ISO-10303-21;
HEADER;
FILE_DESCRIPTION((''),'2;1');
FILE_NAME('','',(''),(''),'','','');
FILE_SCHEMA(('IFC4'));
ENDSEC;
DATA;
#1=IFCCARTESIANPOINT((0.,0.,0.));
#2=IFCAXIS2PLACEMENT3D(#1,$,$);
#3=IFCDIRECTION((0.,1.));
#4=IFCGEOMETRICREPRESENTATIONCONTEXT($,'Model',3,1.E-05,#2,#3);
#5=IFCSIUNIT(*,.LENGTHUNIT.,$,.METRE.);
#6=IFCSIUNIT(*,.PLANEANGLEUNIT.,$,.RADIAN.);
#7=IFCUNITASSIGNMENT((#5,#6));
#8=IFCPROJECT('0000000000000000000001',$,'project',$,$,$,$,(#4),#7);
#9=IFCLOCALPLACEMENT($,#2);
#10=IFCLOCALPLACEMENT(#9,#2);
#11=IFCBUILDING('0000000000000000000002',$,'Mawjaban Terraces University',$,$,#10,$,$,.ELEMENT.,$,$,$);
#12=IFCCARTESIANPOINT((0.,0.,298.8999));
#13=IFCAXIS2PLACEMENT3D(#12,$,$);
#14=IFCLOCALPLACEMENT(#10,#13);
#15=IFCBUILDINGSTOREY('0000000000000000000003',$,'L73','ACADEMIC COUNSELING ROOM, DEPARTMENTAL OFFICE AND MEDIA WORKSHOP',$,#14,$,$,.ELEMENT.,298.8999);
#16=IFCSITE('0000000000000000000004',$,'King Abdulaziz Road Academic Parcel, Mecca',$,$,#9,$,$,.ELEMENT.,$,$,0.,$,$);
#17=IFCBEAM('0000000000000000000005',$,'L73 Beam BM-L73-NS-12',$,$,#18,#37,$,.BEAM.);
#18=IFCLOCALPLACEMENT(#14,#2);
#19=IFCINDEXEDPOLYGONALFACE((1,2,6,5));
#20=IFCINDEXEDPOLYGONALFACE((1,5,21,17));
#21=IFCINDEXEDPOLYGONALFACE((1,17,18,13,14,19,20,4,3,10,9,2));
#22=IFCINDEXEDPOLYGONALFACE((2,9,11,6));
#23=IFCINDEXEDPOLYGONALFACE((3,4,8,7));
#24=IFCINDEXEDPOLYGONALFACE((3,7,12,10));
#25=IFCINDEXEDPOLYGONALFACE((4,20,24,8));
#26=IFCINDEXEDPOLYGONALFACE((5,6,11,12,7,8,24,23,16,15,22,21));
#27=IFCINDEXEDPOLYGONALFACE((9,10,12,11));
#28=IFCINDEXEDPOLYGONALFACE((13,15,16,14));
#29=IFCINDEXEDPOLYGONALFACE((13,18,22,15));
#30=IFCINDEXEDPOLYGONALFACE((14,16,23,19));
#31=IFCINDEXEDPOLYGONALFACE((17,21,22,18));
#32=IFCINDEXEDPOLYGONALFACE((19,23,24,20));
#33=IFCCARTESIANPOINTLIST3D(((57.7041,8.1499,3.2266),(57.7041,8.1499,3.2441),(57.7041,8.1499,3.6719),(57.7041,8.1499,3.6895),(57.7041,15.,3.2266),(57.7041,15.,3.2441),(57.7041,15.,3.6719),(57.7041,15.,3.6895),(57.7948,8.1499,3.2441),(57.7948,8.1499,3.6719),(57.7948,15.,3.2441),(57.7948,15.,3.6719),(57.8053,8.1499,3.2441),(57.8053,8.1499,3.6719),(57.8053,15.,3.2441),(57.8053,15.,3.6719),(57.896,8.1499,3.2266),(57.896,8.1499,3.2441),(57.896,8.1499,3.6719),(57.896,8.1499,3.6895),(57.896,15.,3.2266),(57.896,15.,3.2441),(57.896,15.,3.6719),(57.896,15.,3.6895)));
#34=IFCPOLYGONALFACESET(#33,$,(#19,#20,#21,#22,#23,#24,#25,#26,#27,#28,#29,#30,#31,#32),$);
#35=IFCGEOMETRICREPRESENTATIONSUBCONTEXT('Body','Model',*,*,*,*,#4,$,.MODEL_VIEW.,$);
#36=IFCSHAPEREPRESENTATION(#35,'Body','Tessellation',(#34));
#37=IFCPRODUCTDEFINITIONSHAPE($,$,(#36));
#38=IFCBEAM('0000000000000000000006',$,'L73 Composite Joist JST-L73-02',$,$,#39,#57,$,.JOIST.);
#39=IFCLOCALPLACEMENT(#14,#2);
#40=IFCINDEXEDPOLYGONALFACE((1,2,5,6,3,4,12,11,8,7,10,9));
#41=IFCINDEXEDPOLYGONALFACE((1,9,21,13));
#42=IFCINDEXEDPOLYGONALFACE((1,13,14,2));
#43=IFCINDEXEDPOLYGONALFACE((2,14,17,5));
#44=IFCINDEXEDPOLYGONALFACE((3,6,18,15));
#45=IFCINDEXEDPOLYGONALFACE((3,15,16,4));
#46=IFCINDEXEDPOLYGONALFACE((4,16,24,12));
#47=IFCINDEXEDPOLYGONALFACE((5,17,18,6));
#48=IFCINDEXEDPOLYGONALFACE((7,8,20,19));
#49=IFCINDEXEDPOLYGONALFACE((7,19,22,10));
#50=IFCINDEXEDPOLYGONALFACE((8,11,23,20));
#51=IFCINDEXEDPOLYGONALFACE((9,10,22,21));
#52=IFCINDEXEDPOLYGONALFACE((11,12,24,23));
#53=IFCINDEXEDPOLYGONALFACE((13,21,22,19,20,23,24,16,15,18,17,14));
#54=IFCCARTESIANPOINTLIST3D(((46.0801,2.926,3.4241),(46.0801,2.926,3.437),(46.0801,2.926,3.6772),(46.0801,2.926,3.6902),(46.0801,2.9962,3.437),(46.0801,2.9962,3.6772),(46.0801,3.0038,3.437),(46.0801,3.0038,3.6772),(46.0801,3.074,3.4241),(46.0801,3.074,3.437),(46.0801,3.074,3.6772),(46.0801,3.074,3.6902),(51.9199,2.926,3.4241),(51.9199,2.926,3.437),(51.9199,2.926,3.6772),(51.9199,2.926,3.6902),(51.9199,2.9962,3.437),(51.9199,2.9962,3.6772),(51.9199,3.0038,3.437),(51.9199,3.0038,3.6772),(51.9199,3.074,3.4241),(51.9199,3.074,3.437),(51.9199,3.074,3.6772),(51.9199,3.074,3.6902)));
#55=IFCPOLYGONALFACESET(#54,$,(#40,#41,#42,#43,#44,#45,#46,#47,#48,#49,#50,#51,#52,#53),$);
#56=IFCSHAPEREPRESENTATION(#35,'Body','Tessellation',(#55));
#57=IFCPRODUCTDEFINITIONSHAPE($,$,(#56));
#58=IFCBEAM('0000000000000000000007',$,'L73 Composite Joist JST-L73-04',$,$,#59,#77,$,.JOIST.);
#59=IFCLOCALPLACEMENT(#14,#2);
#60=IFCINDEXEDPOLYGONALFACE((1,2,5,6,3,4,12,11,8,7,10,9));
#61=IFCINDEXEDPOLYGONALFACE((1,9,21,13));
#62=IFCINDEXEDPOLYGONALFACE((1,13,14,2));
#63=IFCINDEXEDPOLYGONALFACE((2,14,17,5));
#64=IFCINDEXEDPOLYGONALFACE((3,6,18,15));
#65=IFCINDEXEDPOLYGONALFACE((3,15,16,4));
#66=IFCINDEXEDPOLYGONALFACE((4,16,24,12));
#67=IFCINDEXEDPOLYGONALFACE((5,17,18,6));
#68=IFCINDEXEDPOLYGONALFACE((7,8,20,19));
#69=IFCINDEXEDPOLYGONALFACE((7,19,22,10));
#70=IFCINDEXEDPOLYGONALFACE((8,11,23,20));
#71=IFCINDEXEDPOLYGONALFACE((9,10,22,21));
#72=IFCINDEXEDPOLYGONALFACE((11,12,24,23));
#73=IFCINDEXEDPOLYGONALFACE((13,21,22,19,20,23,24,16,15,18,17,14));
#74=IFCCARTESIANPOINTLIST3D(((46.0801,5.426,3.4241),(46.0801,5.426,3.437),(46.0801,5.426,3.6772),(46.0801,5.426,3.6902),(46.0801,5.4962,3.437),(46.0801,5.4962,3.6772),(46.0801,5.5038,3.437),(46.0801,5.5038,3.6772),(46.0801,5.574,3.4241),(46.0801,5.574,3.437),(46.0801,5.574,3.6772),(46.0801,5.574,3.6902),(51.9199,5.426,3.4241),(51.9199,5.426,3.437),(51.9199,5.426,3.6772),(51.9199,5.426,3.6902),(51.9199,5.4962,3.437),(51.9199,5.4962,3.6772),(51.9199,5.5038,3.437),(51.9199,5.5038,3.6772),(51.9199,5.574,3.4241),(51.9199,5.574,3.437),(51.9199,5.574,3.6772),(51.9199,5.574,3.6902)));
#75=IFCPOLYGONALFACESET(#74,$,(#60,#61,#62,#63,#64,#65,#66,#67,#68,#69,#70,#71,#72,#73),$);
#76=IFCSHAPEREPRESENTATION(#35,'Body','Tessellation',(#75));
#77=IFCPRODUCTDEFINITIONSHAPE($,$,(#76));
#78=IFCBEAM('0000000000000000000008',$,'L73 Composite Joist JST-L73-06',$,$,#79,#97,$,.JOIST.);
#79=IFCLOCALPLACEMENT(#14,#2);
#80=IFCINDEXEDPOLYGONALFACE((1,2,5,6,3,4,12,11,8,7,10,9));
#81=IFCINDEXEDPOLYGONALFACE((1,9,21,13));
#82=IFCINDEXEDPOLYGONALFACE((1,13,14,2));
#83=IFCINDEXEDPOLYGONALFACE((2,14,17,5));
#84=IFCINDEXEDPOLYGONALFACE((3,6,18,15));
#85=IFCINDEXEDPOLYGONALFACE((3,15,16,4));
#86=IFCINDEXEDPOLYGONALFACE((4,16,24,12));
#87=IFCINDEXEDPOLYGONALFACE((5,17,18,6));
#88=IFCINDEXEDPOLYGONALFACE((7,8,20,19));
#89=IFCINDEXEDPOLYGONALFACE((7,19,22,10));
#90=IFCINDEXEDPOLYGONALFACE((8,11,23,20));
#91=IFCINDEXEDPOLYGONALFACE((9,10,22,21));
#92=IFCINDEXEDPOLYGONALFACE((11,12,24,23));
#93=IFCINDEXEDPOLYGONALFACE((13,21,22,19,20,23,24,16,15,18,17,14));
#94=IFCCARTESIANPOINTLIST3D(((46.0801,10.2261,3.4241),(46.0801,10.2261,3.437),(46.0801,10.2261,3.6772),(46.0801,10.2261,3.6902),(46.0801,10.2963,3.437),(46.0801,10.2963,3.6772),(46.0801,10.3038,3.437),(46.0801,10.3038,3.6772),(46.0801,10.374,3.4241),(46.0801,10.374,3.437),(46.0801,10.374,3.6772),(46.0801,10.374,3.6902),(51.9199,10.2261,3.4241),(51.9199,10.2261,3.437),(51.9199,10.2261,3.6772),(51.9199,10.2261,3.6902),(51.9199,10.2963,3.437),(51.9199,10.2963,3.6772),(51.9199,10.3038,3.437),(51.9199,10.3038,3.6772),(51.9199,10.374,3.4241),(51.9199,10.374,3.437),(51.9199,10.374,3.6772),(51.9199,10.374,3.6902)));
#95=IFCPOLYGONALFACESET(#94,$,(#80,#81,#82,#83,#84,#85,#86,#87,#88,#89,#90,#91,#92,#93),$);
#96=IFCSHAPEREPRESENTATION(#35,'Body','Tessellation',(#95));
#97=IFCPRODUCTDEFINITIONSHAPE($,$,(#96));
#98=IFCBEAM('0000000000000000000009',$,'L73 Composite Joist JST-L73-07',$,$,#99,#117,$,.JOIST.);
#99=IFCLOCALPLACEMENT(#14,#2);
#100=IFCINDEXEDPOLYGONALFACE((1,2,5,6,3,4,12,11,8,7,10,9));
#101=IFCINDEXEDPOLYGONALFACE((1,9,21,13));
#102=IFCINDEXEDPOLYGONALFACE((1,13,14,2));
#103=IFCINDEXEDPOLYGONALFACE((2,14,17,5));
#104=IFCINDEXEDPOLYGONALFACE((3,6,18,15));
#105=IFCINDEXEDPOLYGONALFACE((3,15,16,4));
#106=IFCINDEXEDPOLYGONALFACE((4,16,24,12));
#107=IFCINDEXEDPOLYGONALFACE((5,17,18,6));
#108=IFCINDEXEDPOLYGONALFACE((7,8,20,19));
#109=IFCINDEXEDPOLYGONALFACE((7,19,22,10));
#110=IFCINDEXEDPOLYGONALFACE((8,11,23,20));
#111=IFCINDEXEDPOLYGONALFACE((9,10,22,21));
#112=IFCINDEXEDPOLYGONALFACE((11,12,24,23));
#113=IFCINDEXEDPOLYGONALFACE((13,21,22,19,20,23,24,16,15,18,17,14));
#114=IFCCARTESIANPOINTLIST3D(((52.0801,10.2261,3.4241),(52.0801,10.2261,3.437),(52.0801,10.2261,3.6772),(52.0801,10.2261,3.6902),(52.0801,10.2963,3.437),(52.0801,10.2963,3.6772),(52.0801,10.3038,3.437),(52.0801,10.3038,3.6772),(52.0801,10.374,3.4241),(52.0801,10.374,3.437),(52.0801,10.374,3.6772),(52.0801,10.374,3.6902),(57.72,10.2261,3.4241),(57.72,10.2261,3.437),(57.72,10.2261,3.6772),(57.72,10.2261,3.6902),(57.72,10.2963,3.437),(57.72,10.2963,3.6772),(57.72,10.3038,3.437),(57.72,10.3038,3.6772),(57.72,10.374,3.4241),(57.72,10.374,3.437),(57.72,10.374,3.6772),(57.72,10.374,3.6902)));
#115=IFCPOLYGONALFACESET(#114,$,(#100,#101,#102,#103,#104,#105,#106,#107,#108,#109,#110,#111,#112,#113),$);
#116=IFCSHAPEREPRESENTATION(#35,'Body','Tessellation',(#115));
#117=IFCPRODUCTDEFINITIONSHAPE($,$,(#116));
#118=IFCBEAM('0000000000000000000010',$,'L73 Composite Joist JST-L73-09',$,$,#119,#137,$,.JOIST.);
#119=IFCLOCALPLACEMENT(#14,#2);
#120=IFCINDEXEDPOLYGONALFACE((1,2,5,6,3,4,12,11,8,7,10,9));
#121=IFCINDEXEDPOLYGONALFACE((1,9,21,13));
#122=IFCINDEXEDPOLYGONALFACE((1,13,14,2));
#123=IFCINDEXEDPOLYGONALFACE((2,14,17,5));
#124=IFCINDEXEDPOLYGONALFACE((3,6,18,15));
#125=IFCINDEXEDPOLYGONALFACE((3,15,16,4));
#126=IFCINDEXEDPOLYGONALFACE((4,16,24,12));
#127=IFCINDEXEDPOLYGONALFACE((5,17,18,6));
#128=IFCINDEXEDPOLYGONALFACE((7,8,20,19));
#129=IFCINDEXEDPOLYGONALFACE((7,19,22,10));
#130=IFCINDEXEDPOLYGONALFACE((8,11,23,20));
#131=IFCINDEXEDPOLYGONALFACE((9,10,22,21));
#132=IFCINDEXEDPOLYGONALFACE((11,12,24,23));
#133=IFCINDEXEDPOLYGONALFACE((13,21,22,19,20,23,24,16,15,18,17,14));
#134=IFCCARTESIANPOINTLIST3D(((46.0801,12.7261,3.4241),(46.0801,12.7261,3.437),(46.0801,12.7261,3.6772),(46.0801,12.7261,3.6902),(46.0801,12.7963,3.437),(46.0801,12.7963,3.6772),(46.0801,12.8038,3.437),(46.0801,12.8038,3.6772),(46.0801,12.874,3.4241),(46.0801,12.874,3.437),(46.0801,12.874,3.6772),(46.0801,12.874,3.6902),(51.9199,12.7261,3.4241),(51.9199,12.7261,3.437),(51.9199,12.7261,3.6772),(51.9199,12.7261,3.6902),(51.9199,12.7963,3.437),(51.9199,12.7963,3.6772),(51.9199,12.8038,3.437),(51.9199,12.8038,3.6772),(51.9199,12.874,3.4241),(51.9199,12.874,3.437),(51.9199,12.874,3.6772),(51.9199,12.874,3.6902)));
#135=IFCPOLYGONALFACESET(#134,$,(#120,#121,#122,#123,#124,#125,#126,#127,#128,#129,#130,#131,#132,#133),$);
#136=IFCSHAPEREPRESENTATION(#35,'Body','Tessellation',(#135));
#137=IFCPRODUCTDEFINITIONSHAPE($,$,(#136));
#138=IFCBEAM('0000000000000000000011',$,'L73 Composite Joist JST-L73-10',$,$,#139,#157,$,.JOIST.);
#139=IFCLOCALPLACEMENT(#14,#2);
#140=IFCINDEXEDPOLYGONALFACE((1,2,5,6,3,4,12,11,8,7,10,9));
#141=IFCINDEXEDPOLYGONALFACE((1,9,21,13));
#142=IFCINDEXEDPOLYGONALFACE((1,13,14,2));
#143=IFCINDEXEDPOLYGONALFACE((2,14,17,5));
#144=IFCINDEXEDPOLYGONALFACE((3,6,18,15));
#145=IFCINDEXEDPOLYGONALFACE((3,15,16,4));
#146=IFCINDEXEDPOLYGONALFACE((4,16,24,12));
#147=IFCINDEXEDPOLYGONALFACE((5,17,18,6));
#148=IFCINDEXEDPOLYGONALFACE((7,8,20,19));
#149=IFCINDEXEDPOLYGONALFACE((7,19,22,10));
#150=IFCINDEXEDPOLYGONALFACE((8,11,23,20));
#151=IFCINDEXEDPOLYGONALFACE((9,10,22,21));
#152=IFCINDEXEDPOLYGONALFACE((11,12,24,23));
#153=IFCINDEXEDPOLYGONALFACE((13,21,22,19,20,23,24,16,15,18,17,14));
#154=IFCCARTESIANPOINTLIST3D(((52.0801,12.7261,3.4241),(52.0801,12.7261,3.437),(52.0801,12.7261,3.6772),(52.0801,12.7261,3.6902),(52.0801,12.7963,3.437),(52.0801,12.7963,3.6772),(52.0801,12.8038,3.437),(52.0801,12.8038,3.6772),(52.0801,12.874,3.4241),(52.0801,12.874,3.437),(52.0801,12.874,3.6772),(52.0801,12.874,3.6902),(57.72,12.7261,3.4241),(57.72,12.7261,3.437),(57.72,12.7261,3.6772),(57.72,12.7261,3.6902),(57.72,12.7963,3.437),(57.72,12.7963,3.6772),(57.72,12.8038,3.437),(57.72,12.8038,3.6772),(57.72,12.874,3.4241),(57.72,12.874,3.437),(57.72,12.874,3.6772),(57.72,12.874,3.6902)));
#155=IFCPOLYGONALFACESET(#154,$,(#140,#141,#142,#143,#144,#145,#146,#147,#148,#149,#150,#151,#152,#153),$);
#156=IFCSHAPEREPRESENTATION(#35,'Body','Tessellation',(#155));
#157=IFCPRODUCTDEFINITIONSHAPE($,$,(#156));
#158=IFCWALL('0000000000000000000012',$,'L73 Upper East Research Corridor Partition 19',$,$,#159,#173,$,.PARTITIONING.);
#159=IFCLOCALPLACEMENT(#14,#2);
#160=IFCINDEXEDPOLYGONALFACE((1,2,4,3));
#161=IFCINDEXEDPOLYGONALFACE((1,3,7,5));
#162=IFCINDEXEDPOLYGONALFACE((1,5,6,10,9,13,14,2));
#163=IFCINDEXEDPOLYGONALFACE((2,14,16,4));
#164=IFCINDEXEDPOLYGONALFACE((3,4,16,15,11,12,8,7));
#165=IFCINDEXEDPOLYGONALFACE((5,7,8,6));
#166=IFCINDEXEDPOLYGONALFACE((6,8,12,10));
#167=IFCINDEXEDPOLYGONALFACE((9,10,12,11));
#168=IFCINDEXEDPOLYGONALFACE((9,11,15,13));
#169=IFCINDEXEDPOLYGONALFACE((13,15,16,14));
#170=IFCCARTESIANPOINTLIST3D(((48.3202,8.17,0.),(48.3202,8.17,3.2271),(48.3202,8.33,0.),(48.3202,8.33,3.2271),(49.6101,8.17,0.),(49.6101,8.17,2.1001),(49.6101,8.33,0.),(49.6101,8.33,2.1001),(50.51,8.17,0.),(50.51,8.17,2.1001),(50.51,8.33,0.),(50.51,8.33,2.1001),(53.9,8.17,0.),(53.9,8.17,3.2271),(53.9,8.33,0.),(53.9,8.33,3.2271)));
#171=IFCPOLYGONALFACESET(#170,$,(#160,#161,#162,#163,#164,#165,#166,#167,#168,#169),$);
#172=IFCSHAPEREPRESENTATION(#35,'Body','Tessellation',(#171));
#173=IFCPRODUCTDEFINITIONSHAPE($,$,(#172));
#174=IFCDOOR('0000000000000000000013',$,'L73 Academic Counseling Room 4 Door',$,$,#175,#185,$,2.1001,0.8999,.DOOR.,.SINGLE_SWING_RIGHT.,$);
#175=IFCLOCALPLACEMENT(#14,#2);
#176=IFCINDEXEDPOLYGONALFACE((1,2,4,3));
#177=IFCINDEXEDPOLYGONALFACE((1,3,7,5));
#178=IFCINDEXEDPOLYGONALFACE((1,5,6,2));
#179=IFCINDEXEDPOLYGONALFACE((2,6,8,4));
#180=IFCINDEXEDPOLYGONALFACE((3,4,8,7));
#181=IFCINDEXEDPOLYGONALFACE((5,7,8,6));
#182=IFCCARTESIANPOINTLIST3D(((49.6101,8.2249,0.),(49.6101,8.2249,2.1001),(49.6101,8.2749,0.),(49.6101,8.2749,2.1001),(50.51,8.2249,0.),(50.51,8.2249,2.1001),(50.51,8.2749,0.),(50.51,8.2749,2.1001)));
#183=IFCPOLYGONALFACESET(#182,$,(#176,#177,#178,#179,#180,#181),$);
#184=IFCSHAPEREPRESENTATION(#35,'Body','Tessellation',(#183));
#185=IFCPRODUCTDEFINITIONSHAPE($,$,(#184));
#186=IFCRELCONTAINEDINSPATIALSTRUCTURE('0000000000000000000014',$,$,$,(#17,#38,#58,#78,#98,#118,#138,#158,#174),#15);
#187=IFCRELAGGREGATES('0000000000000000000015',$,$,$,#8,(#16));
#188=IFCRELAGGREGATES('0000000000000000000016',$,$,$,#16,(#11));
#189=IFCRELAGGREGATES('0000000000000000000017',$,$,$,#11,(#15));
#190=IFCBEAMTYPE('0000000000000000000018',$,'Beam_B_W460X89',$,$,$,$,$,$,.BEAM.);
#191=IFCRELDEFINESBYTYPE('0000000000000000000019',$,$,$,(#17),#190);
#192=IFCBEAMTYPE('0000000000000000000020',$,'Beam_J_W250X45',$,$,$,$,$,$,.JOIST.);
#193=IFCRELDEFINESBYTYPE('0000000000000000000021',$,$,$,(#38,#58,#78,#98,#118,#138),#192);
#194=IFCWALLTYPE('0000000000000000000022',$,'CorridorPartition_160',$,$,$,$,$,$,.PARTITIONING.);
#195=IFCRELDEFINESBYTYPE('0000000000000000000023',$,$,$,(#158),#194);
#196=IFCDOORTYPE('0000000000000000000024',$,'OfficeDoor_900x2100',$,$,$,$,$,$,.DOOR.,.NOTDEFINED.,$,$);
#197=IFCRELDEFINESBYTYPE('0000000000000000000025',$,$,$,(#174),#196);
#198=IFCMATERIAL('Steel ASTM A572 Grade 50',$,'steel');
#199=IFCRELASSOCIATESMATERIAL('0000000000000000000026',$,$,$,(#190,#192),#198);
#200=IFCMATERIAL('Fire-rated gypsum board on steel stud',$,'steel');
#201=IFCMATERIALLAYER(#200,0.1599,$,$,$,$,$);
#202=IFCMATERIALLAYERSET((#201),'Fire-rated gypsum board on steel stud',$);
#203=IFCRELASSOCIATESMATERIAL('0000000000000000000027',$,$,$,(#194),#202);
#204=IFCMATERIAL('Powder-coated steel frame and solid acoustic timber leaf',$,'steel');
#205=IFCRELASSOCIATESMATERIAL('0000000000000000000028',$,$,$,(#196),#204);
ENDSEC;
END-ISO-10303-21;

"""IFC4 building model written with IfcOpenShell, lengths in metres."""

from ifc_helpers import new_model, si_unit, direction, frame, frame_2d, origin, origin_2d, place, context, subcontext, project, spatial, rectangle, i_section, extrude, material, layer, layer_set, material_profile, profile_set, type_object, element, fill, save


model = new_model("IFC4")

# Units and contexts
model_context = context("Model", 3, precision=1e-05, world=origin(), true_north=direction((0.0, 1.0)))
body_context = subcontext(model_context, "Body", "Model", "MODEL_VIEW")
ifc_project = project(units=[si_unit("LENGTHUNIT", "METRE"), si_unit("PLANEANGLEUNIT", "RADIAN")], contexts=[model_context])

# Site, building, storey
site_placement = place(None, origin())
site = spatial("IfcSite", under=ifc_project, at=site_placement, Name="King Abdulaziz Road Academic Parcel, Mecca", CompositionType="ELEMENT", RefElevation=0.0)
building_placement = place(site_placement, origin())
building = spatial("IfcBuilding", under=site, at=building_placement, Name="Mawjaban Terraces University", CompositionType="ELEMENT")
storey_placement = place(building_placement, frame((0.0, 0.0, 298.8999)))
storey = spatial("IfcBuildingStorey", under=building, at=storey_placement, Name="L73", Description="ACADEMIC COUNSELING ROOM, DEPARTMENTAL OFFICE AND MEDIA WORKSHOP", CompositionType="ELEMENT", Elevation=298.8999)

# Beams
ifc_material_1 = material(Name="Steel ASTM A572 Grade 50", Category="steel")
ifc_material_profile_1 = material_profile(ifc_material_1, i_section(OverallWidth=0.1919, OverallDepth=0.4629, WebThickness=0.0105, FlangeThickness=0.0176, at=origin_2d()), Name="W460X89")
ifc_profile_set_1 = profile_set([ifc_material_profile_1], Name="Steel ASTM A572 Grade 50")
beam_type_1 = type_object("IfcBeamType", Name="Beam_B_W460X89", PredefinedType="BEAM", material=ifc_profile_set_1)
for number, where, z_axis, x_axis, name in (
    (1, (57.8, 8.1499, 3.458), (0.0, 1.0, 0.0), (-1.0, 0.0, 0.0), "L73 Beam BM-L73-NS-12"),
):
    element("IfcBeam", number, at=place(storey_placement, frame(where, z_axis=z_axis, x_axis=x_axis)), inside=storey, type_object=beam_type_1, Name=name, PredefinedType="BEAM", context=body_context, shape_type="SweptSolid", body=[
        extrude(i_section(OverallWidth=0.1919, OverallDepth=0.4629, WebThickness=0.0105, FlangeThickness=0.0176, at=origin_2d()), origin(), (0.0, 0.0, 1.0), 6.8501),
    ])
ifc_material_profile_2 = material_profile(ifc_material_1, i_section(OverallWidth=0.1479, OverallDepth=0.2661, WebThickness=0.0076, FlangeThickness=0.0129, at=origin_2d()), Name="W250X45")
ifc_profile_set_2 = profile_set([ifc_material_profile_2], Name="Steel ASTM A572 Grade 50")
beam_type_2 = type_object("IfcBeamType", Name="Beam_J_W250X45", PredefinedType="JOIST", material=ifc_profile_set_2)
for number, where, z_axis, x_axis, name in (
    (2, (46.0801, 3.0, 3.5571), (1.0, 0.0, 0.0), (0.0, 1.0, 0.0), "L73 Composite Joist JST-L73-02"),
    (3, (46.0801, 5.5, 3.5571), (1.0, 0.0, 0.0), (0.0, 1.0, 0.0), "L73 Composite Joist JST-L73-04"),
    (4, (46.0801, 10.3, 3.5571), (1.0, 0.0, 0.0), (0.0, 1.0, 0.0), "L73 Composite Joist JST-L73-06"),
):
    element("IfcBeam", number, at=place(storey_placement, frame(where, z_axis=z_axis, x_axis=x_axis)), inside=storey, type_object=beam_type_2, Name=name, PredefinedType="JOIST", context=body_context, shape_type="SweptSolid", body=[
        extrude(i_section(OverallWidth=0.1479, OverallDepth=0.2661, WebThickness=0.0076, FlangeThickness=0.0129, at=origin_2d()), origin(), (0.0, 0.0, 1.0), 5.8398),
    ])
beam_1_placement = place(storey_placement, frame((52.0801, 10.3, 3.5571), z_axis=(1.0, 0.0, 0.0), x_axis=(0.0, 1.0, 0.0)))
element("IfcBeam", 5, at=beam_1_placement, inside=storey, type_object=beam_type_2, Name="L73 Composite Joist JST-L73-07", PredefinedType="JOIST", context=body_context, shape_type="SweptSolid", body=[
    extrude(i_section(OverallWidth=0.1479, OverallDepth=0.2661, WebThickness=0.0076, FlangeThickness=0.0129, at=origin_2d()), origin(), (0.0, 0.0, 1.0), 5.6399),
])
beam_2_placement = place(storey_placement, frame((46.0801, 12.8, 3.5571), z_axis=(1.0, 0.0, 0.0), x_axis=(0.0, 1.0, 0.0)))
element("IfcBeam", 6, at=beam_2_placement, inside=storey, type_object=beam_type_2, Name="L73 Composite Joist JST-L73-09", PredefinedType="JOIST", context=body_context, shape_type="SweptSolid", body=[
    extrude(i_section(OverallWidth=0.1479, OverallDepth=0.2661, WebThickness=0.0076, FlangeThickness=0.0129, at=origin_2d()), origin(), (0.0, 0.0, 1.0), 5.8398),
])
beam_3_placement = place(storey_placement, frame((52.0801, 12.8, 3.5571), z_axis=(1.0, 0.0, 0.0), x_axis=(0.0, 1.0, 0.0)))
element("IfcBeam", 7, at=beam_3_placement, inside=storey, type_object=beam_type_2, Name="L73 Composite Joist JST-L73-10", PredefinedType="JOIST", context=body_context, shape_type="SweptSolid", body=[
    extrude(i_section(OverallWidth=0.1479, OverallDepth=0.2661, WebThickness=0.0076, FlangeThickness=0.0129, at=origin_2d()), origin(), (0.0, 0.0, 1.0), 5.6399),
])

# Wall, opening, door
ifc_material_2 = material(Name="Fire-rated gypsum board on steel stud", Category="steel")
ifc_layer_1 = layer(ifc_material_2, 0.1599)
ifc_layer_set_1 = layer_set([ifc_layer_1], Name="Fire-rated gypsum board on steel stud")
wall_type_1 = type_object("IfcWallType", Name="CorridorPartition_160", PredefinedType="PARTITIONING", material=ifc_layer_set_1)
wall_1_placement = place(storey_placement, frame((48.3201, 8.25, 0.0), z_axis=(0.0, 0.0, 1.0), x_axis=(1.0, 0.0, 0.0)))
wall_1 = element("IfcWall", 8, at=wall_1_placement, inside=storey, type_object=wall_type_1, Name="L73 Upper East Research Corridor Partition 19", PredefinedType="PARTITIONING", context=body_context, shape_type="SweptSolid", body=[
    extrude(rectangle(XDim=5.5798, YDim=0.1599, at=frame_2d((2.79, 0.0))), origin(), (0.0, 0.0, 1.0), 3.2271),
])
opening_1_placement = place(wall_1_placement, frame((1.29, 0.0, 0.0)))
opening_1 = element("IfcOpeningElement", 9, at=opening_1_placement, cuts=wall_1, PredefinedType="OPENING", context=body_context, shape_type="SweptSolid", body=[
    extrude(rectangle(XDim=0.8999, YDim=2.1001, at=frame_2d((0.45, 1.05))), frame((0.0, 0.0898, 0.0), z_axis=(0.0, -1.0, 0.0), x_axis=(1.0, 0.0, 0.0)), (0.0, 0.0, 1.0), 0.1799),
])
ifc_material_3 = material(Name="Powder-coated steel frame and solid acoustic timber leaf", Category="steel")
door_type = type_object("IfcDoorType", Name="OfficeDoor_900x2100", OperationType="NOTDEFINED", PredefinedType="DOOR", material=ifc_material_3)
door_1_placement = place(opening_1_placement, origin())
door_1 = element("IfcDoor", 10, at=door_1_placement, inside=storey, type_object=door_type, Name="L73 Academic Counseling Room 4 Door", OperationType="SINGLE_SWING_RIGHT", OverallHeight=2.1001, OverallWidth=0.8999, PredefinedType="DOOR", context=body_context, shape_type="SweptSolid", body=[
    extrude(rectangle(XDim=0.8999, YDim=2.1001, at=frame_2d((0.45, 1.05))), frame((0.0, 0.0249, 0.0), z_axis=(0.0, -1.0, 0.0), x_axis=(1.0, 0.0, 0.0)), (0.0, 0.0, 1.0), 0.05),
])
fill(opening_1, door_1)

save(model, "model.ifc")
